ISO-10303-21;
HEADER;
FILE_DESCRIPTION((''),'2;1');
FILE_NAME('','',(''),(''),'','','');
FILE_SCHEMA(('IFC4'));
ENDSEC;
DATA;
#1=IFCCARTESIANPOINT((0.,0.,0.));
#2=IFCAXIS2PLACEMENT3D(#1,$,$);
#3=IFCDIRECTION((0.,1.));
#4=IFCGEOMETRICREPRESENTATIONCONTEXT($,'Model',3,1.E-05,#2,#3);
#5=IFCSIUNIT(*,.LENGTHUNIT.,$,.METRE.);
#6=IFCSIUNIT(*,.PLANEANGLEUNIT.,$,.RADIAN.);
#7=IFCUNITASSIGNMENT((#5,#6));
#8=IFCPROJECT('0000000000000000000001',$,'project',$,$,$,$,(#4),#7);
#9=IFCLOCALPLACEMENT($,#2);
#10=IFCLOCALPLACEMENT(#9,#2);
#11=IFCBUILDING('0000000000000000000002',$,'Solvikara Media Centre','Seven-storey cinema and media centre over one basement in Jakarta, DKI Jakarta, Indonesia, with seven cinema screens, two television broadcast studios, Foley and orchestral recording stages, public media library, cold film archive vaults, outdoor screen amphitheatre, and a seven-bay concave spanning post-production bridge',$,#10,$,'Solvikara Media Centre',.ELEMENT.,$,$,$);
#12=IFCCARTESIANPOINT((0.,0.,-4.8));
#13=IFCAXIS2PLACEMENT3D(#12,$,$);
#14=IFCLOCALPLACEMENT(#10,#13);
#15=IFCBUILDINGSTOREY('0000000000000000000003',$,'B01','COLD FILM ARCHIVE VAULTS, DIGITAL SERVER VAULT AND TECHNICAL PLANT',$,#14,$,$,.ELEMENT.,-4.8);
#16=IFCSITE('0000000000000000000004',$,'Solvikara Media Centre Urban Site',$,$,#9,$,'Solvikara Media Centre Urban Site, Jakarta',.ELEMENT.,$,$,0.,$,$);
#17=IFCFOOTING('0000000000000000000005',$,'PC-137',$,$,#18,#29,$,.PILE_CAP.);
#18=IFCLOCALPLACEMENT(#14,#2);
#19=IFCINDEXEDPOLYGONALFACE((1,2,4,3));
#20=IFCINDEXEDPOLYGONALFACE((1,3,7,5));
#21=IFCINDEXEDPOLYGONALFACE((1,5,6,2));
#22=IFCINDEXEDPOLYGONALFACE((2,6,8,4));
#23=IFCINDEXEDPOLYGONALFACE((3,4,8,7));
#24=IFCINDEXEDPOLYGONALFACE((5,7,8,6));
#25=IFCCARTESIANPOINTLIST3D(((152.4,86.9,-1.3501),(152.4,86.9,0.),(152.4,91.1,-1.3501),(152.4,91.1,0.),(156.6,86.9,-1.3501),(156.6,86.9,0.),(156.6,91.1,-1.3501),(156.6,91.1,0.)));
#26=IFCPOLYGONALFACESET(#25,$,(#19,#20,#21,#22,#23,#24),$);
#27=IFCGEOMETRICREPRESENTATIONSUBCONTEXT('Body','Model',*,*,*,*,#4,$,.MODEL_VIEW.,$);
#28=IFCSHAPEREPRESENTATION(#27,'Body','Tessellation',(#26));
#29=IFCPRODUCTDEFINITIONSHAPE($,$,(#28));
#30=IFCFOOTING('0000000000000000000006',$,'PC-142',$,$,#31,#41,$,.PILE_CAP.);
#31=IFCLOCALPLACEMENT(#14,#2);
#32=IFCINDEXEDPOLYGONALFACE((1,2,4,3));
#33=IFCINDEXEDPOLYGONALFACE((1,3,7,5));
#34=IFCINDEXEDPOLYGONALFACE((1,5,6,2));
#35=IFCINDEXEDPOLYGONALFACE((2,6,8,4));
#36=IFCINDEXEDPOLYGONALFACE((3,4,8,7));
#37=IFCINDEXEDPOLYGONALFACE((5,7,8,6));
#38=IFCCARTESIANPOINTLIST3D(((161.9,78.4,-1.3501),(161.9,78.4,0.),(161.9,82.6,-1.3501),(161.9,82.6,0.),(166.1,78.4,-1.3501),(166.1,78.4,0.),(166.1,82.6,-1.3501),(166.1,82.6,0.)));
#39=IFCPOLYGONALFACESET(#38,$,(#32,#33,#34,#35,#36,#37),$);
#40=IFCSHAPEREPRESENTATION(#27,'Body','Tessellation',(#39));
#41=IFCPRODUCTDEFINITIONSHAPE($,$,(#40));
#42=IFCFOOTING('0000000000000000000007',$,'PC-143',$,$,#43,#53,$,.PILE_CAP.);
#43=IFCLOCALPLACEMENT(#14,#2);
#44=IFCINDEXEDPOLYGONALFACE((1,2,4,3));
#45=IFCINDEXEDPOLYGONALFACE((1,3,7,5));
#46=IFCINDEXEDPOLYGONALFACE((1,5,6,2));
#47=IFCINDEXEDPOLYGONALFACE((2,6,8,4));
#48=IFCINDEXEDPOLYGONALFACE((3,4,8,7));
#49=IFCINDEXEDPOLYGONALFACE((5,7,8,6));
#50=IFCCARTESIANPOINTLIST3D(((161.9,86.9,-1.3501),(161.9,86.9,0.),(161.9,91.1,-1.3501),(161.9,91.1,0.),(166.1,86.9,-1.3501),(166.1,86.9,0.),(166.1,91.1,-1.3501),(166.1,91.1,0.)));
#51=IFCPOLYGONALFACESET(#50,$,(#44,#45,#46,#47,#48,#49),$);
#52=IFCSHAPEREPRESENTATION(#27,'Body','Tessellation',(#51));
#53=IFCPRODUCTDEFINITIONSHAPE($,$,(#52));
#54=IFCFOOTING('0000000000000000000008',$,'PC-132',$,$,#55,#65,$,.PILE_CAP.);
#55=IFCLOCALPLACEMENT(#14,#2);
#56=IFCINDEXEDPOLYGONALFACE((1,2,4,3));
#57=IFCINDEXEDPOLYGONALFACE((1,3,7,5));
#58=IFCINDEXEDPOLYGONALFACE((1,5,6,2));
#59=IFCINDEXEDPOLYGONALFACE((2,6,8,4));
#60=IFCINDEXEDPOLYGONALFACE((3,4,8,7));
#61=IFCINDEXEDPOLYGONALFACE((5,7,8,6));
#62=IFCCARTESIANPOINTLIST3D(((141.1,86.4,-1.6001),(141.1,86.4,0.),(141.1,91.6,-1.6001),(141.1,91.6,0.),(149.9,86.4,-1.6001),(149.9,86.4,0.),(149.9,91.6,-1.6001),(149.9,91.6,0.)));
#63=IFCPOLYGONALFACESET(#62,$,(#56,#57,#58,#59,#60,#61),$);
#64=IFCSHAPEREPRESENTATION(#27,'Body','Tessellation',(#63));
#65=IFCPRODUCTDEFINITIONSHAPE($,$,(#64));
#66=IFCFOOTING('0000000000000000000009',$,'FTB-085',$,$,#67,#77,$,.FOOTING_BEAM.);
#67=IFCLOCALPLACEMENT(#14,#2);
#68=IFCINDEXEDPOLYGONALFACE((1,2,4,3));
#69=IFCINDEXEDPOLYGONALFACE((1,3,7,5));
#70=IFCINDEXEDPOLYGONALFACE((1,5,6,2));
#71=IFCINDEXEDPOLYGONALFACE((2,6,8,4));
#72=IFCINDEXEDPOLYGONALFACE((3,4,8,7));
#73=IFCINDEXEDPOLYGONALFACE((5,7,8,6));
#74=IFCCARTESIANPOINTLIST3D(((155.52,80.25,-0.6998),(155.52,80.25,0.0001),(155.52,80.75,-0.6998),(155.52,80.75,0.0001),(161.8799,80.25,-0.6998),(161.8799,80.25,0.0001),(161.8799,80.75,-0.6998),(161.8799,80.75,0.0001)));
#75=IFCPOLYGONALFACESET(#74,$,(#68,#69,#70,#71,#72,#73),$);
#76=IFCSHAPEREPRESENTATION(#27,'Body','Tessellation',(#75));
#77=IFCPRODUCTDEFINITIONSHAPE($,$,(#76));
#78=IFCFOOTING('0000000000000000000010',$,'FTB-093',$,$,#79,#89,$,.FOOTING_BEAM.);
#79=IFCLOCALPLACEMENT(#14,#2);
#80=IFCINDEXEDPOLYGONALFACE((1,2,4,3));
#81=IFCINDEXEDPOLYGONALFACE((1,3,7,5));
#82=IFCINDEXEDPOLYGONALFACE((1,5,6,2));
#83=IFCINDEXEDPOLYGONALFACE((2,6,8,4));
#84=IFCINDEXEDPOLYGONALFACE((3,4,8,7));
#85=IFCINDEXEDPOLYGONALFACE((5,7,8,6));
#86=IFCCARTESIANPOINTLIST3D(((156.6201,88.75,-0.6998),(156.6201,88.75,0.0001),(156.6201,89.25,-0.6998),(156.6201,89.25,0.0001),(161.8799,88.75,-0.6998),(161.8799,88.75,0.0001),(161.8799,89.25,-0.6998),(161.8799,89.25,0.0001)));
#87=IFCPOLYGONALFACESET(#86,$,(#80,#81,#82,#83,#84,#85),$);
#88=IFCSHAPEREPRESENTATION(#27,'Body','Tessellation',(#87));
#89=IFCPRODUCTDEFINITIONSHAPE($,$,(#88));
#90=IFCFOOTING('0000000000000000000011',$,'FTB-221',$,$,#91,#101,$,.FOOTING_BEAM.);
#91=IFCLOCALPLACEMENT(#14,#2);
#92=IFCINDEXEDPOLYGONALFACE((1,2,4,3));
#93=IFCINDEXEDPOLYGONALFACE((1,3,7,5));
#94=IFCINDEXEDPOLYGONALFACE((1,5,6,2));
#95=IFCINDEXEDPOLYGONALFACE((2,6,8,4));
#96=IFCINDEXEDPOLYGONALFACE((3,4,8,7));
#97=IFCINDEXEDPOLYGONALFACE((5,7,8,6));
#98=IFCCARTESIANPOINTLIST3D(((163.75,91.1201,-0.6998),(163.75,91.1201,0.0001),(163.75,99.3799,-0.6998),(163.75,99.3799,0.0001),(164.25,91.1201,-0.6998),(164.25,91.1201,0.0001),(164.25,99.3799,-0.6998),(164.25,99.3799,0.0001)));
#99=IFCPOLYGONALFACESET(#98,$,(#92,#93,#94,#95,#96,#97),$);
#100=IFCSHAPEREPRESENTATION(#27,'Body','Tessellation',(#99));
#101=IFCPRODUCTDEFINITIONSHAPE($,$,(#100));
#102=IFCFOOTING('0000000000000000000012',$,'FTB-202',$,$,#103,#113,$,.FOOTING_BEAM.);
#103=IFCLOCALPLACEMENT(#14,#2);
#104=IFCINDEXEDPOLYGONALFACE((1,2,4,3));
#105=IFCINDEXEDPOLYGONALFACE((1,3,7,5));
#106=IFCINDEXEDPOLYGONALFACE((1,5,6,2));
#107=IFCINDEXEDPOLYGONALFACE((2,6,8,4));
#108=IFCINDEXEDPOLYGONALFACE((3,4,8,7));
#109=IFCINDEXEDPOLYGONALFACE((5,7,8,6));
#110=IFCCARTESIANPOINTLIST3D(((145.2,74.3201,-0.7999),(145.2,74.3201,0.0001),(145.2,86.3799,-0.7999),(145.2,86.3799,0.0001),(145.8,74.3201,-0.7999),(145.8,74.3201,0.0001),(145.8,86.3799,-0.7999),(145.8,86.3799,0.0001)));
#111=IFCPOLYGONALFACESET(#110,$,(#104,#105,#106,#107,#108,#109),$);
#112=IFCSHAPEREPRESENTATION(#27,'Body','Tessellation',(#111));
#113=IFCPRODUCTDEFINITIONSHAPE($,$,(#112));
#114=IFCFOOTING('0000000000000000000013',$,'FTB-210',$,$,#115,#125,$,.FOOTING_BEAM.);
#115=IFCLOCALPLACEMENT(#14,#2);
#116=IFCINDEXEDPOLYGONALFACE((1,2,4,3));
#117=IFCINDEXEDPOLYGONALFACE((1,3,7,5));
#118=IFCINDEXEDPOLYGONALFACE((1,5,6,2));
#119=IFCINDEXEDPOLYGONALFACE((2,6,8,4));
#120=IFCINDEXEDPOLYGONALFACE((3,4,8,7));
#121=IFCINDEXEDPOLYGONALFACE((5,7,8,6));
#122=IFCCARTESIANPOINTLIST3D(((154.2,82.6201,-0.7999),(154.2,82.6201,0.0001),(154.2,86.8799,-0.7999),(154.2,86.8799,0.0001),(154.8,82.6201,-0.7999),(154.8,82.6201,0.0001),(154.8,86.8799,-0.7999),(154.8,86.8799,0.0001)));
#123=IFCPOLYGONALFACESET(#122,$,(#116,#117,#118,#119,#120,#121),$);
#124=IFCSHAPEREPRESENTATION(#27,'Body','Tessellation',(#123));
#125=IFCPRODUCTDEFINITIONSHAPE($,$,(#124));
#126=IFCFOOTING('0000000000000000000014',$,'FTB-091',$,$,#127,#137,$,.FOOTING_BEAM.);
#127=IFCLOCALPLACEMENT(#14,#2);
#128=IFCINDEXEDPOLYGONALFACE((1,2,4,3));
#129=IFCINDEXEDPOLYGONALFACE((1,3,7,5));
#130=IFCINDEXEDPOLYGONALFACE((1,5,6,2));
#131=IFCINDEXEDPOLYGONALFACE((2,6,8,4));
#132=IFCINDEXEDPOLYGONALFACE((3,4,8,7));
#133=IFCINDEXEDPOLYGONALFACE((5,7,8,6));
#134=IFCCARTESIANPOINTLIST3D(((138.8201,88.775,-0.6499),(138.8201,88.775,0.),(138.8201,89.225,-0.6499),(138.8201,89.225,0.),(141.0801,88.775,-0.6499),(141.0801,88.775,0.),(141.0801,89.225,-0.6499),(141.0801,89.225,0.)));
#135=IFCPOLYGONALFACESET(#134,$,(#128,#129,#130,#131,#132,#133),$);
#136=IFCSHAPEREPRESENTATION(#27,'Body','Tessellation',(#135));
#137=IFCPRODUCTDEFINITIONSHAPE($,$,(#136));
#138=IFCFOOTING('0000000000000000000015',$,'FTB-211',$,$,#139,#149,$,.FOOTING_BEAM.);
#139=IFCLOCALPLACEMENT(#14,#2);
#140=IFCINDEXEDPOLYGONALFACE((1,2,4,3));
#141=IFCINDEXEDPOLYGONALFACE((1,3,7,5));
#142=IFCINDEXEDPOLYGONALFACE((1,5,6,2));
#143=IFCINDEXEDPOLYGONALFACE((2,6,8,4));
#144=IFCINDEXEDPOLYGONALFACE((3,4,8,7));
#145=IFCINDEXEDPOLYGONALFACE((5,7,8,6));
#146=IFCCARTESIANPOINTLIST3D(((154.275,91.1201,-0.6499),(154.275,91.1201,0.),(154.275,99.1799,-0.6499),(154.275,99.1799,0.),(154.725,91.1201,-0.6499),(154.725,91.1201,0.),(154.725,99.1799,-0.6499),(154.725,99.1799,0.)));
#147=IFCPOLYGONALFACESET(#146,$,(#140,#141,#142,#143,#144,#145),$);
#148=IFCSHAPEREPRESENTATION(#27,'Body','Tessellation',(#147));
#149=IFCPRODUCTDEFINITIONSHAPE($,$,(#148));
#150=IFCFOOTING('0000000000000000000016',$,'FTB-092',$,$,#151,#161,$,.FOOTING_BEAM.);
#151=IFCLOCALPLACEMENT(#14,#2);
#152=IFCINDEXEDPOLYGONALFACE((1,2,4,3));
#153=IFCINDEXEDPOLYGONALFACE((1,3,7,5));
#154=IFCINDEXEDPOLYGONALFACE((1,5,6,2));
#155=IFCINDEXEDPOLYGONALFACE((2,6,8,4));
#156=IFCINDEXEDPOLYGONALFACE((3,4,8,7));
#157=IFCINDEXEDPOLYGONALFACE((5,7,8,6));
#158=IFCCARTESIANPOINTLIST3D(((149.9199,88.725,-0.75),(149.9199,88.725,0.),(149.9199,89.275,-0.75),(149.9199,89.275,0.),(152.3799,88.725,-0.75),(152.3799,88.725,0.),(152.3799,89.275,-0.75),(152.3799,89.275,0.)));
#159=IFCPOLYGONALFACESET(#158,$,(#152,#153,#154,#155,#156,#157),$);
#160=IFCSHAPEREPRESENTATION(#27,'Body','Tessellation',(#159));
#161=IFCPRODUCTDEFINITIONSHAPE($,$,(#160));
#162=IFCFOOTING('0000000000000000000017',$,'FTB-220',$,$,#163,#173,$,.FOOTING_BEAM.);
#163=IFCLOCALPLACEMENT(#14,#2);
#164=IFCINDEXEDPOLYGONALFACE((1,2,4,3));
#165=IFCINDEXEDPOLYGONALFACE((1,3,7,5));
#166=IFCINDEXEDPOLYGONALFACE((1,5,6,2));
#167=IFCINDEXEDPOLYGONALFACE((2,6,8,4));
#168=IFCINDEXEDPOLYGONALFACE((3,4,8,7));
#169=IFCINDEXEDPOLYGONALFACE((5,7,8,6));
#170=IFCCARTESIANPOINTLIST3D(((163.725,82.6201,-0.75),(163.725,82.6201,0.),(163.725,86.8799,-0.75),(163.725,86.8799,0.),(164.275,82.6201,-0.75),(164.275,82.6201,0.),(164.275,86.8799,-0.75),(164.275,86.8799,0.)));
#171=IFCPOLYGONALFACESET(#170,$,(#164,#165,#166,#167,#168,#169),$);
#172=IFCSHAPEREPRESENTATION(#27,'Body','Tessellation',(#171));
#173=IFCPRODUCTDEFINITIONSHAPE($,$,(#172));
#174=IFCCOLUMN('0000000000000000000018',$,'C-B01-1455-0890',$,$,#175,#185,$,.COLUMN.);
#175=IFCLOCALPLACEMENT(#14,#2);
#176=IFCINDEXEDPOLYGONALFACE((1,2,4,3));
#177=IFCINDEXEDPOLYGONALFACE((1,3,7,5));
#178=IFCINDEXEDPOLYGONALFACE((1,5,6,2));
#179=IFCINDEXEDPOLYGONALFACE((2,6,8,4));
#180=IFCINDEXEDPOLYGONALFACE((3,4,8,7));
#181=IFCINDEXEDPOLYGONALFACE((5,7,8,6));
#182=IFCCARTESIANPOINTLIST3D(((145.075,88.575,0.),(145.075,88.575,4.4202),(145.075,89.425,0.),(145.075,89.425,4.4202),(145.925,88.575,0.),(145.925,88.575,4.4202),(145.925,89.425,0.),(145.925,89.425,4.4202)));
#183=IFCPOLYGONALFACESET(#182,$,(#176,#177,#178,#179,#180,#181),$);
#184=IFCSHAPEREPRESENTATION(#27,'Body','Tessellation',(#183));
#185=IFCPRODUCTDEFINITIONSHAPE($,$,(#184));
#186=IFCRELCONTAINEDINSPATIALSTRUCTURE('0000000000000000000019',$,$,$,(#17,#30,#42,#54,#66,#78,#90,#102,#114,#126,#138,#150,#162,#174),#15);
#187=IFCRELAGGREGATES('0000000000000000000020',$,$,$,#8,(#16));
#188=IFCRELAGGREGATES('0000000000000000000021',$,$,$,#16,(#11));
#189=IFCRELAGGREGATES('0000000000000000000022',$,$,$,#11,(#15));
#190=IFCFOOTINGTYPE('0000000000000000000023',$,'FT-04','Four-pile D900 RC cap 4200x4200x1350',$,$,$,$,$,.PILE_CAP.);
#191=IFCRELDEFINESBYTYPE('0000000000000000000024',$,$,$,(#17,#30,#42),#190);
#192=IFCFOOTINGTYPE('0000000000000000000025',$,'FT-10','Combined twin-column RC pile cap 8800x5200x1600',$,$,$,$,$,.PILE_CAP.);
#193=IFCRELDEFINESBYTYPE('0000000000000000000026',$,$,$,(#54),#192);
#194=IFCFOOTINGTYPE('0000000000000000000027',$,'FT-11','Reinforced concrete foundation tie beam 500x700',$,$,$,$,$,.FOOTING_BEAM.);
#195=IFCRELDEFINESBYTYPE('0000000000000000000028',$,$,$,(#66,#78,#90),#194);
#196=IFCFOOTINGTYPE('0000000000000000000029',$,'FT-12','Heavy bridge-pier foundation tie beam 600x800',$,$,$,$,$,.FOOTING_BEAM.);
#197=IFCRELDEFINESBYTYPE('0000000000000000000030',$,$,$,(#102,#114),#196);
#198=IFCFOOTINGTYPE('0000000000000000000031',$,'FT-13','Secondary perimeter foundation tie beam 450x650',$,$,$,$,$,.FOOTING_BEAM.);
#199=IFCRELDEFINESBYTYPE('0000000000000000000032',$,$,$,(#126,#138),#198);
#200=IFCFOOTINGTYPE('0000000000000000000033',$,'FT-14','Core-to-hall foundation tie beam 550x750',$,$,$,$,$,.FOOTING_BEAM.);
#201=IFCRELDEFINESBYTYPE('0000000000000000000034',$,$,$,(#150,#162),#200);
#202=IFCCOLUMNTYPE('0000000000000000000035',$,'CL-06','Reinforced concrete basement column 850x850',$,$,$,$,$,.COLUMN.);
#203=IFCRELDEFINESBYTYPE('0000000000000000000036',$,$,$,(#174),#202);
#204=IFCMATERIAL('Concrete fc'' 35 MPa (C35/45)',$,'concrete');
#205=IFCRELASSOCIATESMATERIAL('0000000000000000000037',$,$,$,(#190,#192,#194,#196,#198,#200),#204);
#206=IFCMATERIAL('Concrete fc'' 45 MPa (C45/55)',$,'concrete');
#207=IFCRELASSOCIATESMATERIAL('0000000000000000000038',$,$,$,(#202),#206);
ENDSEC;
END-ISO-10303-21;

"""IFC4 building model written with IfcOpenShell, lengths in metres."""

from ifc_helpers import new_model, si_unit, direction, frame, origin, origin_2d, place, context, subcontext, project, spatial, rectangle, extrude, material, material_profile, profile_set, type_object, element, save


model = new_model("IFC4")

# Units and contexts
model_context = context("Model", 3, precision=1e-05, world=origin(), true_north=direction((0.0, 1.0)))
body_context = subcontext(model_context, "Body", "Model", "MODEL_VIEW")
ifc_project = project(units=[si_unit("LENGTHUNIT", "METRE"), si_unit("PLANEANGLEUNIT", "RADIAN")], contexts=[model_context])

# Site, building, storey
site_placement = place(None, origin())
site = spatial("IfcSite", under=ifc_project, at=site_placement, Name="Solvikara Media Centre Urban Site", LongName="Solvikara Media Centre Urban Site, Jakarta", CompositionType="ELEMENT", RefElevation=0.0)
building_placement = place(site_placement, origin())
building = spatial("IfcBuilding", under=site, at=building_placement, Name="Solvikara Media Centre", Description="Seven-storey cinema and media centre over one basement in Jakarta, DKI Jakarta, Indonesia, with seven cinema screens, two television broadcast studios, Foley and orchestral recording stages, public media library, cold film archive vaults, outdoor screen amphitheatre, and a seven-bay concave spanning post-production bridge", LongName="Solvikara Media Centre", CompositionType="ELEMENT")
storey_placement = place(building_placement, frame((0.0, 0.0, -4.8)))
storey = spatial("IfcBuildingStorey", under=building, at=storey_placement, Name="B01", Description="COLD FILM ARCHIVE VAULTS, DIGITAL SERVER VAULT AND TECHNICAL PLANT", CompositionType="ELEMENT", Elevation=-4.8)

# Shared definitions
ifc_material_1 = material(Name="Concrete fc' 35 MPa (C35/45)", Category="concrete")

# Footings
footing_type_1 = type_object("IfcFootingType", Name="FT-04", Description="Four-pile D900 RC cap 4200x4200x1350", PredefinedType="PILE_CAP", material=ifc_material_1)
for number, where, z_axis, x_axis, name in (
    (1, (154.5, 89.0, -1.3501), (0.0, 0.0, 1.0), (1.0, 0.0, 0.0), "PC-137"),
    (2, (164.0, 80.5, -1.3501), (0.0, 0.0, 1.0), (1.0, 0.0, 0.0), "PC-142"),
    (3, (164.0, 89.0, -1.3501), (0.0, 0.0, 1.0), (1.0, 0.0, 0.0), "PC-143"),
):
    element("IfcFooting", number, at=place(storey_placement, frame(where, z_axis=z_axis, x_axis=x_axis)), inside=storey, type_object=footing_type_1, Name=name, PredefinedType="PILE_CAP", context=body_context, shape_type="SweptSolid", body=[
        extrude(rectangle(XDim=4.2, YDim=4.2, at=origin_2d()), origin(), (0.0, 0.0, 1.0), 1.3501),
    ])
footing_type_2 = type_object("IfcFootingType", Name="FT-10", Description="Combined twin-column RC pile cap 8800x5200x1600", PredefinedType="PILE_CAP", material=ifc_material_1)
footing_1_placement = place(storey_placement, frame((145.5, 89.0, -1.6001), z_axis=(0.0, 0.0, 1.0), x_axis=(1.0, 0.0, 0.0)))
element("IfcFooting", 4, at=footing_1_placement, inside=storey, type_object=footing_type_2, Name="PC-132", PredefinedType="PILE_CAP", context=body_context, shape_type="SweptSolid", body=[
    extrude(rectangle(XDim=8.8, YDim=5.2, at=origin_2d()), origin(), (0.0, 0.0, 1.0), 1.6001),
])
ifc_material_profile_1 = material_profile(ifc_material_1, rectangle(XDim=0.5, YDim=0.7, at=origin_2d()), Name="RC 500x700")
ifc_profile_set_1 = profile_set([ifc_material_profile_1], Name="Concrete fc' 35 MPa (C35/45)")
footing_type_3 = type_object("IfcFootingType", Name="FT-11", Description="Reinforced concrete foundation tie beam 500x700", PredefinedType="FOOTING_BEAM", material=ifc_profile_set_1)
footing_2_placement = place(storey_placement, frame((155.52, 80.5, -0.3499), z_axis=(1.0, 0.0, 0.0), x_axis=(0.0, 1.0, 0.0)))
element("IfcFooting", 5, at=footing_2_placement, inside=storey, type_object=footing_type_3, Name="FTB-085", PredefinedType="FOOTING_BEAM", context=body_context, shape_type="SweptSolid", body=[
    extrude(rectangle(XDim=0.5, YDim=0.7, at=origin_2d()), origin(), (0.0, 0.0, 1.0), 6.3599),
])
footing_3_placement = place(storey_placement, frame((156.6201, 89.0, -0.3499), z_axis=(1.0, 0.0, 0.0), x_axis=(0.0, 1.0, 0.0)))
element("IfcFooting", 6, at=footing_3_placement, inside=storey, type_object=footing_type_3, Name="FTB-093", PredefinedType="FOOTING_BEAM", context=body_context, shape_type="SweptSolid", body=[
    extrude(rectangle(XDim=0.5, YDim=0.7, at=origin_2d()), origin(), (0.0, 0.0, 1.0), 5.2598),
])
footing_4_placement = place(storey_placement, frame((164.0, 91.1201, -0.3499), z_axis=(0.0, 1.0, 0.0), x_axis=(-1.0, 0.0, 0.0)))
element("IfcFooting", 7, at=footing_4_placement, inside=storey, type_object=footing_type_3, Name="FTB-221", PredefinedType="FOOTING_BEAM", context=body_context, shape_type="SweptSolid", body=[
    extrude(rectangle(XDim=0.5, YDim=0.7, at=origin_2d()), origin(), (0.0, 0.0, 1.0), 8.2598),
])
ifc_material_profile_2 = material_profile(ifc_material_1, rectangle(XDim=0.6001, YDim=0.8, at=origin_2d()), Name="RC 600x800")
ifc_profile_set_2 = profile_set([ifc_material_profile_2], Name="Concrete fc' 35 MPa (C35/45)")
footing_type_4 = type_object("IfcFootingType", Name="FT-12", Description="Heavy bridge-pier foundation tie beam 600x800", PredefinedType="FOOTING_BEAM", material=ifc_profile_set_2)
footing_5_placement = place(storey_placement, frame((145.5, 74.3201, -0.3999), z_axis=(0.0, 1.0, 0.0), x_axis=(-1.0, 0.0, 0.0)))
element("IfcFooting", 8, at=footing_5_placement, inside=storey, type_object=footing_type_4, Name="FTB-202", PredefinedType="FOOTING_BEAM", context=body_context, shape_type="SweptSolid", body=[
    extrude(rectangle(XDim=0.6001, YDim=0.8, at=origin_2d()), origin(), (0.0, 0.0, 1.0), 12.0598),
])
footing_6_placement = place(storey_placement, frame((154.5, 82.6201, -0.3999), z_axis=(0.0, 1.0, 0.0), x_axis=(-1.0, 0.0, 0.0)))
element("IfcFooting", 9, at=footing_6_placement, inside=storey, type_object=footing_type_4, Name="FTB-210", PredefinedType="FOOTING_BEAM", context=body_context, shape_type="SweptSolid", body=[
    extrude(rectangle(XDim=0.6001, YDim=0.8, at=origin_2d()), origin(), (0.0, 0.0, 1.0), 4.2598),
])
ifc_material_profile_3 = material_profile(ifc_material_1, rectangle(XDim=0.45, YDim=0.6499, at=origin_2d()), Name="RC 450x650")
ifc_profile_set_3 = profile_set([ifc_material_profile_3], Name="Concrete fc' 35 MPa (C35/45)")
footing_type_5 = type_object("IfcFootingType", Name="FT-13", Description="Secondary perimeter foundation tie beam 450x650", PredefinedType="FOOTING_BEAM", material=ifc_profile_set_3)
footing_7_placement = place(storey_placement, frame((138.8201, 89.0, -0.325), z_axis=(1.0, 0.0, 0.0), x_axis=(0.0, 1.0, 0.0)))
element("IfcFooting", 10, at=footing_7_placement, inside=storey, type_object=footing_type_5, Name="FTB-091", PredefinedType="FOOTING_BEAM", context=body_context, shape_type="SweptSolid", body=[
    extrude(rectangle(XDim=0.45, YDim=0.6499, at=origin_2d()), origin(), (0.0, 0.0, 1.0), 2.26),
])
footing_8_placement = place(storey_placement, frame((154.5, 91.1201, -0.325), z_axis=(0.0, 1.0, 0.0), x_axis=(-1.0, 0.0, 0.0)))
element("IfcFooting", 11, at=footing_8_placement, inside=storey, type_object=footing_type_5, Name="FTB-211", PredefinedType="FOOTING_BEAM", context=body_context, shape_type="SweptSolid", body=[
    extrude(rectangle(XDim=0.45, YDim=0.6499, at=origin_2d()), origin(), (0.0, 0.0, 1.0), 8.0598),
])
ifc_material_profile_4 = material_profile(ifc_material_1, rectangle(XDim=0.55, YDim=0.75, at=origin_2d()), Name="RC 550x750")
ifc_profile_set_4 = profile_set([ifc_material_profile_4], Name="Concrete fc' 35 MPa (C35/45)")
footing_type_6 = type_object("IfcFootingType", Name="FT-14", Description="Core-to-hall foundation tie beam 550x750", PredefinedType="FOOTING_BEAM", material=ifc_profile_set_4)
footing_9_placement = place(storey_placement, frame((149.9199, 89.0, -0.375), z_axis=(1.0, 0.0, 0.0), x_axis=(0.0, 1.0, 0.0)))
element("IfcFooting", 12, at=footing_9_placement, inside=storey, type_object=footing_type_6, Name="FTB-092", PredefinedType="FOOTING_BEAM", context=body_context, shape_type="SweptSolid", body=[
    extrude(rectangle(XDim=0.55, YDim=0.75, at=origin_2d()), origin(), (0.0, 0.0, 1.0), 2.46),
])
footing_10_placement = place(storey_placement, frame((164.0, 82.6201, -0.375), z_axis=(0.0, 1.0, 0.0), x_axis=(-1.0, 0.0, 0.0)))
element("IfcFooting", 13, at=footing_10_placement, inside=storey, type_object=footing_type_6, Name="FTB-220", PredefinedType="FOOTING_BEAM", context=body_context, shape_type="SweptSolid", body=[
    extrude(rectangle(XDim=0.55, YDim=0.75, at=origin_2d()), origin(), (0.0, 0.0, 1.0), 4.2598),
])

# Column
ifc_material_2 = material(Name="Concrete fc' 45 MPa (C45/55)", Category="concrete")
ifc_material_profile_5 = material_profile(ifc_material_2, rectangle(XDim=0.8501, YDim=0.8501, at=origin_2d()), Name="RC 850x850")
ifc_profile_set_5 = profile_set([ifc_material_profile_5], Name="Concrete fc' 45 MPa (C45/55)")
column_type_1 = type_object("IfcColumnType", Name="CL-06", Description="Reinforced concrete basement column 850x850", PredefinedType="COLUMN", material=ifc_profile_set_5)
for number, where, z_axis, x_axis, name in (
    (14, (145.5, 89.0, 0.0), (0.0, 0.0, 1.0), (1.0, 0.0, 0.0), "C-B01-1455-0890"),
):
    element("IfcColumn", number, at=place(storey_placement, frame(where, z_axis=z_axis, x_axis=x_axis)), inside=storey, type_object=column_type_1, Name=name, PredefinedType="COLUMN", context=body_context, shape_type="SweptSolid", body=[
        extrude(rectangle(XDim=0.8501, YDim=0.8501, at=origin_2d()), origin(), (0.0, 0.0, 1.0), 4.4202),
    ])

save(model, "model.ifc")
